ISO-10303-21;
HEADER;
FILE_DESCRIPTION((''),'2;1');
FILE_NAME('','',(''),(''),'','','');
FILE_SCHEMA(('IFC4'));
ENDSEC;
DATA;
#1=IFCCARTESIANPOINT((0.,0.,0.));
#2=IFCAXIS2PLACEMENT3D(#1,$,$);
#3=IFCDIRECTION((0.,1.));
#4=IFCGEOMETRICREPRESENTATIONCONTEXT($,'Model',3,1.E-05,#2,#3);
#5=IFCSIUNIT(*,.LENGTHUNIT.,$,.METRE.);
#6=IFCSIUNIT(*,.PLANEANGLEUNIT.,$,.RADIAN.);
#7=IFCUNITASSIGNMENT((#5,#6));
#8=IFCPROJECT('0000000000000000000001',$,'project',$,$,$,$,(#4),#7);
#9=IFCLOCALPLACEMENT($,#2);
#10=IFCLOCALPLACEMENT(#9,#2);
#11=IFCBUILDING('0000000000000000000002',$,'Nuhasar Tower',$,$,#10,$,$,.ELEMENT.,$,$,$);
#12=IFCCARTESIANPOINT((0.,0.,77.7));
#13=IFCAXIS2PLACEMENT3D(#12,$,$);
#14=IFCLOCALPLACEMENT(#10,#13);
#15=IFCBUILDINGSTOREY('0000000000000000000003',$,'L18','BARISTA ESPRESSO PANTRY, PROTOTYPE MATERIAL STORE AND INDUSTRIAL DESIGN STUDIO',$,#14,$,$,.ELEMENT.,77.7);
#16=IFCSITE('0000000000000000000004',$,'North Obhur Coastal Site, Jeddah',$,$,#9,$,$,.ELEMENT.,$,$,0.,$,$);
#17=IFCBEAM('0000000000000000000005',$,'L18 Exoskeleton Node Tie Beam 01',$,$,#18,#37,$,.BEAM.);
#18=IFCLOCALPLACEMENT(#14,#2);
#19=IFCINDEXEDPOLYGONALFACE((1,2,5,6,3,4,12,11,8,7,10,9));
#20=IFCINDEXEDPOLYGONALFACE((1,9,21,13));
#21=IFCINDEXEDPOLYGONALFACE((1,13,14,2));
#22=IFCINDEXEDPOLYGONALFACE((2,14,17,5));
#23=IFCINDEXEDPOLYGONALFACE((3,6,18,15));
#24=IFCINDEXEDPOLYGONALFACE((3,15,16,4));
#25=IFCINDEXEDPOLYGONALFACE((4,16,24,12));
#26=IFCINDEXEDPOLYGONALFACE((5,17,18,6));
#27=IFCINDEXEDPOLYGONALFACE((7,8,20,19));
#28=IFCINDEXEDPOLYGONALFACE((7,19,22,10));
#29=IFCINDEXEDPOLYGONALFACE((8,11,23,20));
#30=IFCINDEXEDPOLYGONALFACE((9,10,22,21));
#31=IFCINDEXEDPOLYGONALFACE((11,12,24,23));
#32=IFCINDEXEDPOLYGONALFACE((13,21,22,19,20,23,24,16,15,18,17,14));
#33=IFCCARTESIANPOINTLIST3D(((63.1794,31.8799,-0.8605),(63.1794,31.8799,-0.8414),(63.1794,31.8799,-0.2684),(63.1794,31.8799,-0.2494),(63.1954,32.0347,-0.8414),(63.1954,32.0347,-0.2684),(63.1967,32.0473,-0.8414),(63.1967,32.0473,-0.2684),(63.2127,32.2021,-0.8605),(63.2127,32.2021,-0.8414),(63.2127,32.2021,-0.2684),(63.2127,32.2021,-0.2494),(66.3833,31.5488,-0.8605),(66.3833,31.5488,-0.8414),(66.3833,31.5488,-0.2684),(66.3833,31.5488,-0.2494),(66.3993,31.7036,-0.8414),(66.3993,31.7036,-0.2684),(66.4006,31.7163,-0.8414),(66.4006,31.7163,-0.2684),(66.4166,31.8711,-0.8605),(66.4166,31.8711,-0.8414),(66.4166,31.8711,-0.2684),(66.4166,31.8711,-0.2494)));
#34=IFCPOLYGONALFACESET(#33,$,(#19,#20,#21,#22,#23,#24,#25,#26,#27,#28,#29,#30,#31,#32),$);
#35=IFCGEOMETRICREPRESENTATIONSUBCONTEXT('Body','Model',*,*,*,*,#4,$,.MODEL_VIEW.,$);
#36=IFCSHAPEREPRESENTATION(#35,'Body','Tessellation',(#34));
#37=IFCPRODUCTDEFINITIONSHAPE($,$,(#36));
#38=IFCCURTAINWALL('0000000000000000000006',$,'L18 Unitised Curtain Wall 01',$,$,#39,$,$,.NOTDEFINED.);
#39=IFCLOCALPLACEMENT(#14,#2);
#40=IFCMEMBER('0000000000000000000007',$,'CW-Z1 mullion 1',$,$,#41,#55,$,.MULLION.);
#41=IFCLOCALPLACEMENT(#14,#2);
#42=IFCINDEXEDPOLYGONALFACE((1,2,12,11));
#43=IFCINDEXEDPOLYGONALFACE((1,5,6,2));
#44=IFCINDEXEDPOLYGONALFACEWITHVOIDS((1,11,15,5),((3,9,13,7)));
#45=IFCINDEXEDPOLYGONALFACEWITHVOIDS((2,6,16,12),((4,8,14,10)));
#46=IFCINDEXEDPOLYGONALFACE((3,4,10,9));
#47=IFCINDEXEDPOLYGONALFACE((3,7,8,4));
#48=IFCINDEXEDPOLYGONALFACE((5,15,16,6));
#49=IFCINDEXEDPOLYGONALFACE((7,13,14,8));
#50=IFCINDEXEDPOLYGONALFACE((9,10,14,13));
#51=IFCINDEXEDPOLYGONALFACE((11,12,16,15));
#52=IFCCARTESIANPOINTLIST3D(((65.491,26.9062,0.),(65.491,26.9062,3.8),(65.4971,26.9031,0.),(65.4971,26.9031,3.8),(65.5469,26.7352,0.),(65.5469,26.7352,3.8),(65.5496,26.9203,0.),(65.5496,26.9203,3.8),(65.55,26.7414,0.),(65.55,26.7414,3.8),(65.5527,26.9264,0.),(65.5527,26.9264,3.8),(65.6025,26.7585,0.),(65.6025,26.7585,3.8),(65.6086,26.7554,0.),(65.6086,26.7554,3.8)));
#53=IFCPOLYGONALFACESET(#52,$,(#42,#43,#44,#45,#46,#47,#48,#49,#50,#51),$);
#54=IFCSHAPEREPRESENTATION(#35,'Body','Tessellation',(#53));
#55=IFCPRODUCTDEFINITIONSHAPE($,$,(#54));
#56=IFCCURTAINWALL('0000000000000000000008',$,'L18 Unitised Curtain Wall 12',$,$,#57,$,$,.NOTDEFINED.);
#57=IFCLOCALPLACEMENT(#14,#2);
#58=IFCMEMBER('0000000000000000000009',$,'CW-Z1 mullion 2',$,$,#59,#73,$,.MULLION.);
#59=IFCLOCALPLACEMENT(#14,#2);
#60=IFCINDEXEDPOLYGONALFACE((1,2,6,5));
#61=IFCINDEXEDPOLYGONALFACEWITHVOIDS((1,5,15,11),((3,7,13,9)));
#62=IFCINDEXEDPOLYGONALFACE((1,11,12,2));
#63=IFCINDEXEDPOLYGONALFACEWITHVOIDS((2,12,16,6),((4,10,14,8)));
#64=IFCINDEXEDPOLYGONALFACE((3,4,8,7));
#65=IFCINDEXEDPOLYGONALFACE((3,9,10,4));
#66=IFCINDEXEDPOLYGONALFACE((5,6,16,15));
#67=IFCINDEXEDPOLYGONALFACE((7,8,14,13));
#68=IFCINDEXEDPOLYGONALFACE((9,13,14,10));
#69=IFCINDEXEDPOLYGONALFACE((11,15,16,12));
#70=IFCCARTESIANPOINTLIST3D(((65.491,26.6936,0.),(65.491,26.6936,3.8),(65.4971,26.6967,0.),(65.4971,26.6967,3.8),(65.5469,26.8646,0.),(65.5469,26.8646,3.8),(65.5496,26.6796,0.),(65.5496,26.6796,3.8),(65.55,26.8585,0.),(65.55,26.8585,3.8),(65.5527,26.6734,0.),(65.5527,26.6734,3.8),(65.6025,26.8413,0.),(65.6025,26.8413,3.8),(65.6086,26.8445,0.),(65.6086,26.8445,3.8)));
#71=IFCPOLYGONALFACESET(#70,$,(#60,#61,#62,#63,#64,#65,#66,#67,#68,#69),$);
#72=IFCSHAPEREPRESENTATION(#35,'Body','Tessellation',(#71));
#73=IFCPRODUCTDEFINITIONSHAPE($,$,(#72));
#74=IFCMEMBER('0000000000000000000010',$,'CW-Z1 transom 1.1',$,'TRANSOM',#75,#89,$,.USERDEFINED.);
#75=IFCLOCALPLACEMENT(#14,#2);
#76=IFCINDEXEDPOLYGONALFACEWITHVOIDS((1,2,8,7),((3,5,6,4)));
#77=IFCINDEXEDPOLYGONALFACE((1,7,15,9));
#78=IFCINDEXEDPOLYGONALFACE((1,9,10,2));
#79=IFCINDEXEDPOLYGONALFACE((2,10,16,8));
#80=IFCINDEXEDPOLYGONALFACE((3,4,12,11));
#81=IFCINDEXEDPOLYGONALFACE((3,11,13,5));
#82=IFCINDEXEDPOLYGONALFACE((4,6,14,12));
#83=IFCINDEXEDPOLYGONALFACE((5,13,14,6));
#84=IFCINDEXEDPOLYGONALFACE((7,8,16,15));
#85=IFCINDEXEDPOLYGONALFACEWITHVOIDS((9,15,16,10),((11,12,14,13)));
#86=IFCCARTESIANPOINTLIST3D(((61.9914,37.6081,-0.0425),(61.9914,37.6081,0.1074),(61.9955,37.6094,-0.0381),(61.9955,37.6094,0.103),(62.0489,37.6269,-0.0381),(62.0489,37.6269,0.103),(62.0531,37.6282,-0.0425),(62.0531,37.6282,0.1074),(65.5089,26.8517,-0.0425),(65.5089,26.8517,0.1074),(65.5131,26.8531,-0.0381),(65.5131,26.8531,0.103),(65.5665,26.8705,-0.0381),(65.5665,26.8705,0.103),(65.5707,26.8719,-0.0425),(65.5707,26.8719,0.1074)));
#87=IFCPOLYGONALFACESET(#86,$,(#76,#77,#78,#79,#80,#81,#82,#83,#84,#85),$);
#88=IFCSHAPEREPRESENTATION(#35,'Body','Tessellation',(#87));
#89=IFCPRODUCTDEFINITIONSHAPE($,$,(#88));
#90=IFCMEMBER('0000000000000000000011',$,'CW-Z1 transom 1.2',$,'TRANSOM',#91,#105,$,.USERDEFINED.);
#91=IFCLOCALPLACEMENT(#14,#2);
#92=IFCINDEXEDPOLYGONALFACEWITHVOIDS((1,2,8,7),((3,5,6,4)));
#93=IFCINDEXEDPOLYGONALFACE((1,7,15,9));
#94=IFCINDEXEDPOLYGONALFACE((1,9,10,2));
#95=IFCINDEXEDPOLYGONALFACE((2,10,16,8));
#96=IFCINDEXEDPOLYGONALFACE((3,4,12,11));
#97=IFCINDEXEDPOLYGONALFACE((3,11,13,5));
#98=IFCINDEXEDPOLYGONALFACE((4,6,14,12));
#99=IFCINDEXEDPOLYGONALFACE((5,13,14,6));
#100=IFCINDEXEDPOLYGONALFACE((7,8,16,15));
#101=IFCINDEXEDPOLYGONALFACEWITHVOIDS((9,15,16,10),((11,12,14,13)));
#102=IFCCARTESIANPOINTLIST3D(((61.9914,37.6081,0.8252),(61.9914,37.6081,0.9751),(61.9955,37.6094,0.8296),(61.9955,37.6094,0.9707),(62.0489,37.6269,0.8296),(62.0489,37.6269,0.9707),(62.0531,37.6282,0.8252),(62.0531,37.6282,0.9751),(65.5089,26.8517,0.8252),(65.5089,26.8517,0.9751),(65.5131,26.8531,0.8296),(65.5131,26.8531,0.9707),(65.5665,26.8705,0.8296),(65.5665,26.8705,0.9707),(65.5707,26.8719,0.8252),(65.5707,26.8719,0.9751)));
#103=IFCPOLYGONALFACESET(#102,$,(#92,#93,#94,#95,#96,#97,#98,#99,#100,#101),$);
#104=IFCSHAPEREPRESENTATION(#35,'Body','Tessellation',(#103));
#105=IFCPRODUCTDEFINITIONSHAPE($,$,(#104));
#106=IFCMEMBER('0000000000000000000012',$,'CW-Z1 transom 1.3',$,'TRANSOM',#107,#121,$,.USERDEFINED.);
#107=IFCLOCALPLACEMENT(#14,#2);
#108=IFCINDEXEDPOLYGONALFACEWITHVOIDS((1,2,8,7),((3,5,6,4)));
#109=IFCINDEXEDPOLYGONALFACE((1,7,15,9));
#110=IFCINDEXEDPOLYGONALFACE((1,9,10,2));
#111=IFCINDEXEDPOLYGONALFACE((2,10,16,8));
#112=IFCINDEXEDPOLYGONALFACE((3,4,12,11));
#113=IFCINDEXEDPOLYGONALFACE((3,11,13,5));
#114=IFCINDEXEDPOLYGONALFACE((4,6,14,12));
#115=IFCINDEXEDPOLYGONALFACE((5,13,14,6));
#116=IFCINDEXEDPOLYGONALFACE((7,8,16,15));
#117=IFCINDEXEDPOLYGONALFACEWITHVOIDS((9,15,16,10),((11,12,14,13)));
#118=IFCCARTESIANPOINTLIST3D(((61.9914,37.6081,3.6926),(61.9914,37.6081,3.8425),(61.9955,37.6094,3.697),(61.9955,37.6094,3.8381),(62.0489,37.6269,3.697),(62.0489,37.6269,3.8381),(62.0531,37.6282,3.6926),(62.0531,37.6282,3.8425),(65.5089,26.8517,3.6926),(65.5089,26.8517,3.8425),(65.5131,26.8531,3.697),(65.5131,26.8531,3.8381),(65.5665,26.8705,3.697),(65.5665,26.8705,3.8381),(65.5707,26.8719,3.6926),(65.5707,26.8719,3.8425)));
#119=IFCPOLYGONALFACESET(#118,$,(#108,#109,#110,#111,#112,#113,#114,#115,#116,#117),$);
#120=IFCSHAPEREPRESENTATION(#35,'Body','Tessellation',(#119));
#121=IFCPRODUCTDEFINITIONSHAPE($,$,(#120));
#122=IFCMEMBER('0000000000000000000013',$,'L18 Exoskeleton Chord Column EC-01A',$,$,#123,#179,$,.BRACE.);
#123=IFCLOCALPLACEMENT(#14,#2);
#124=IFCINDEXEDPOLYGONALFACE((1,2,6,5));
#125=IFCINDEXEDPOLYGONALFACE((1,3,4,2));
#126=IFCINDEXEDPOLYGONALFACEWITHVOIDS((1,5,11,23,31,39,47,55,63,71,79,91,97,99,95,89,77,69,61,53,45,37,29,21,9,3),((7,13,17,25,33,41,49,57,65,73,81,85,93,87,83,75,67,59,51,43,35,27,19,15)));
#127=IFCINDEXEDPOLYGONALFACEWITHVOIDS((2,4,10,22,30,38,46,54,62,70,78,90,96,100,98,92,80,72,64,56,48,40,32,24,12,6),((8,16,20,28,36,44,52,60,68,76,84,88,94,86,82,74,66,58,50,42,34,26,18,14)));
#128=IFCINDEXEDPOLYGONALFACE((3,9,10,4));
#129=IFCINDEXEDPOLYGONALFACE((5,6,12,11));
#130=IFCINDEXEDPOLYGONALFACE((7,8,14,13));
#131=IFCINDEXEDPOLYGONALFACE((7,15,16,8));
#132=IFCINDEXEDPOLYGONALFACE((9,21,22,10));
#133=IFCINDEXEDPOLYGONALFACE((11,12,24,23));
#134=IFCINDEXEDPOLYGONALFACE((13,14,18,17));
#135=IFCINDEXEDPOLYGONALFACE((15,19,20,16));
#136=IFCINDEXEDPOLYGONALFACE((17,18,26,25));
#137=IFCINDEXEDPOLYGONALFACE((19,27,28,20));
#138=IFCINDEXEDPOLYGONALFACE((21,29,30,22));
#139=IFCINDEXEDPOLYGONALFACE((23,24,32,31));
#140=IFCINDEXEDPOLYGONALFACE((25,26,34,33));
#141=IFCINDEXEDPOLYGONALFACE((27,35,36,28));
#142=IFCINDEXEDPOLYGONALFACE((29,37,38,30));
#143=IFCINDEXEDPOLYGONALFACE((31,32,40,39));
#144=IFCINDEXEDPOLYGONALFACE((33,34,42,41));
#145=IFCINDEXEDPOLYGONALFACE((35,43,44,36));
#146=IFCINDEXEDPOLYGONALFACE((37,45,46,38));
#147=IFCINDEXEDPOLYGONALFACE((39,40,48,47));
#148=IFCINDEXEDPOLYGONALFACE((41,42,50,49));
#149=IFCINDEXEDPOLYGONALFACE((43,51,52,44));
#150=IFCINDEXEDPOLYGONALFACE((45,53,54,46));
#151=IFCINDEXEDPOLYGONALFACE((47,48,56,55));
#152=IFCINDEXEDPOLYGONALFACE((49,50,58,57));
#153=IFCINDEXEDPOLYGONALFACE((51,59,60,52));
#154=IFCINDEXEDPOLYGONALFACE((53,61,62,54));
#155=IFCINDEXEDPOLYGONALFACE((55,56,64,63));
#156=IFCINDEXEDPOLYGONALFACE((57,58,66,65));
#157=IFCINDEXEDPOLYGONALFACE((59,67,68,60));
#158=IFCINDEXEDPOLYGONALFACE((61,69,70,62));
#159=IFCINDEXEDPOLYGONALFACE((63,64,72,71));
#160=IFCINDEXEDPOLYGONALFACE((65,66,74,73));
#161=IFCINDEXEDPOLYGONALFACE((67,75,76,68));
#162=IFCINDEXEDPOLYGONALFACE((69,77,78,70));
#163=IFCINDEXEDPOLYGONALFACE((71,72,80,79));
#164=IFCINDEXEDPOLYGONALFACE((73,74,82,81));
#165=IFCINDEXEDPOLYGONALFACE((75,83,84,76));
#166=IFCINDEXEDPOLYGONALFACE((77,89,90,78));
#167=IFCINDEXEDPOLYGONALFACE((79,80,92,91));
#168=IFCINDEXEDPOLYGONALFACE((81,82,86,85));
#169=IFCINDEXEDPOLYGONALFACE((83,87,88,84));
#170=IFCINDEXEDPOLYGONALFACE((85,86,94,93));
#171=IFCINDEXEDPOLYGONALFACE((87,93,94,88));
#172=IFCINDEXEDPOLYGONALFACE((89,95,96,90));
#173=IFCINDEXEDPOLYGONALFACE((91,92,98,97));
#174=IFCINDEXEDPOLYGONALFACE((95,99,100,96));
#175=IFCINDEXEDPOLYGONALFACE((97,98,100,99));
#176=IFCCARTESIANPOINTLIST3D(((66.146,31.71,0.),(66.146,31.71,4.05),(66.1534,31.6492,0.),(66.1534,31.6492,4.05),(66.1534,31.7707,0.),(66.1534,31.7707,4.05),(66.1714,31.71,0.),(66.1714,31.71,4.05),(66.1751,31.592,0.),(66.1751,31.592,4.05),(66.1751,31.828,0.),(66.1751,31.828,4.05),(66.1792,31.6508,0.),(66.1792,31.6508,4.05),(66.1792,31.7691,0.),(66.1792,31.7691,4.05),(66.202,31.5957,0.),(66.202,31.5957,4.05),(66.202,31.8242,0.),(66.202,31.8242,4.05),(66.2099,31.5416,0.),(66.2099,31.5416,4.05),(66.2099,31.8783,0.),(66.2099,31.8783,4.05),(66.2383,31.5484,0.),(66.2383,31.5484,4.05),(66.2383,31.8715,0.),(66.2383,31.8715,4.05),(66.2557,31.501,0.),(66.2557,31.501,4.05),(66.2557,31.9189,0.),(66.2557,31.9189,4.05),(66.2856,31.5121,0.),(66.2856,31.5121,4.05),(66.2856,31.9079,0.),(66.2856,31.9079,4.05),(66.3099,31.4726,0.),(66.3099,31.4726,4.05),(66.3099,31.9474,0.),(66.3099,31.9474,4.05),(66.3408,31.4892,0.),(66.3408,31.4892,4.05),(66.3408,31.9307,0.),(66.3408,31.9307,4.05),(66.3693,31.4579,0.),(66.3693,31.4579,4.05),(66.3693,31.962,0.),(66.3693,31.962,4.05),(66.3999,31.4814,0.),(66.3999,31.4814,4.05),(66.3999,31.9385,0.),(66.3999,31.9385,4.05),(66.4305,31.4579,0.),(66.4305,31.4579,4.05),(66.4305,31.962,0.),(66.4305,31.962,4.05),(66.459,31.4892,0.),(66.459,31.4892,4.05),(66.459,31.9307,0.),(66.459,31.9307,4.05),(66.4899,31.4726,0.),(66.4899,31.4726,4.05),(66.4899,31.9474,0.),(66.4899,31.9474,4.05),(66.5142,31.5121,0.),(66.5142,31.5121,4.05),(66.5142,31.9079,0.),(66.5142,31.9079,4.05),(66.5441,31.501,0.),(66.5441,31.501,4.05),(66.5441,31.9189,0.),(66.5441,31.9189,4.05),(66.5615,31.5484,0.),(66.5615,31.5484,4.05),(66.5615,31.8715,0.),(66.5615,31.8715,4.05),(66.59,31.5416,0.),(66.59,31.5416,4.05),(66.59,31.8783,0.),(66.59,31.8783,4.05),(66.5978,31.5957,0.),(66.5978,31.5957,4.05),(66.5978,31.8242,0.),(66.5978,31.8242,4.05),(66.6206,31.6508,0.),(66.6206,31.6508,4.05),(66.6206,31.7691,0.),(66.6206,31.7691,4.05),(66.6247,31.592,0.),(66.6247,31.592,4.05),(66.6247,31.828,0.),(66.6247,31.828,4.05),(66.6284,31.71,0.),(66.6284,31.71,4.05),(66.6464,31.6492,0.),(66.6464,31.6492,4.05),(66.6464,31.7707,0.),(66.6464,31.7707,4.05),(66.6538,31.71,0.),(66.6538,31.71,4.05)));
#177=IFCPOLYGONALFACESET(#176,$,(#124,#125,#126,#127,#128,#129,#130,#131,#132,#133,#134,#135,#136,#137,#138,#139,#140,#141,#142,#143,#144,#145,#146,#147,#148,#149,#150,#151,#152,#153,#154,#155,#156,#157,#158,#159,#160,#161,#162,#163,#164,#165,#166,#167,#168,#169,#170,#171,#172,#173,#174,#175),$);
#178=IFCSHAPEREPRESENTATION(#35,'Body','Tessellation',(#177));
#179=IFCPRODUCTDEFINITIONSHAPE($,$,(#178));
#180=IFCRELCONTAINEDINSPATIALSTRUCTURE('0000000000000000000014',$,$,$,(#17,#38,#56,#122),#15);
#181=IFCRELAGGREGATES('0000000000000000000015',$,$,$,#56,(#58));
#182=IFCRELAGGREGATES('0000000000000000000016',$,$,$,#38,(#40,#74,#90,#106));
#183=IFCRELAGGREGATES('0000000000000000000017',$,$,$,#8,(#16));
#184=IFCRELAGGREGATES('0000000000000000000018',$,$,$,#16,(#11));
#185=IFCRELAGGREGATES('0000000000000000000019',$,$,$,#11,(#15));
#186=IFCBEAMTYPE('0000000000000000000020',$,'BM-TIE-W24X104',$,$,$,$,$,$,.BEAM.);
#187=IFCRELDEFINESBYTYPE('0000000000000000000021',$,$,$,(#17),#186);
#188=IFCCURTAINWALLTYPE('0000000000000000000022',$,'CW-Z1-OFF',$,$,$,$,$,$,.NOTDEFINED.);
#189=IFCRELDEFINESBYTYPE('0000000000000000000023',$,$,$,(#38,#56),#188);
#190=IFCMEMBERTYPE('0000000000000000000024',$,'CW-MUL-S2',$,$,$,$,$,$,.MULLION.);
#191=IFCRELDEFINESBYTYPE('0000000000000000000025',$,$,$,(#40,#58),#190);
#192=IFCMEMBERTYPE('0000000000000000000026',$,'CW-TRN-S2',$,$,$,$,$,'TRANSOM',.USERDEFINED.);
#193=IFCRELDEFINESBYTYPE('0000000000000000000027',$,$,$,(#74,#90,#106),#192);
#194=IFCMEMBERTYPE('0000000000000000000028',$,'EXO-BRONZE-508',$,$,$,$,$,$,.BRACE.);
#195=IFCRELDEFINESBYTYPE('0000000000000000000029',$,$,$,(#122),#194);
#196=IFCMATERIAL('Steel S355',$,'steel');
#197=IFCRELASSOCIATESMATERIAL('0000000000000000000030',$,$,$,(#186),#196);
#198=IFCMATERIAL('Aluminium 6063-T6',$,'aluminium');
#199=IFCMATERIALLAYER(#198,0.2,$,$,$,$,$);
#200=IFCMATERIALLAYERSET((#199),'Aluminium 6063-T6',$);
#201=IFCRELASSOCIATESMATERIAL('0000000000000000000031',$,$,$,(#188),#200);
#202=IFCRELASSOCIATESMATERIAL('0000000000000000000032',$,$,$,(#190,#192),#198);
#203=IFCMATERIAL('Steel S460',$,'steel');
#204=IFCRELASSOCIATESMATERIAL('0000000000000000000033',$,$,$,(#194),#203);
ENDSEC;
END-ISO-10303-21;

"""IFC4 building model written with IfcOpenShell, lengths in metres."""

from ifc_helpers import new_model, si_unit, direction, frame, origin, origin_2d, place, context, subcontext, project, spatial, hollow_rectangle, hollow_circle, i_section, extrude, material, layer, layer_set, material_profile, profile_set, type_object, element, aggregate, save


model = new_model("IFC4")

# Units and contexts
model_context = context("Model", 3, precision=1e-05, world=origin(), true_north=direction((0.0, 1.0)))
body_context = subcontext(model_context, "Body", "Model", "MODEL_VIEW")
ifc_project = project(units=[si_unit("LENGTHUNIT", "METRE"), si_unit("PLANEANGLEUNIT", "RADIAN")], contexts=[model_context])

# Site, building, storey
site_placement = place(None, origin())
site = spatial("IfcSite", under=ifc_project, at=site_placement, Name="North Obhur Coastal Site, Jeddah", CompositionType="ELEMENT", RefElevation=0.0)
building_placement = place(site_placement, origin())
building = spatial("IfcBuilding", under=site, at=building_placement, Name="Nuhasar Tower", CompositionType="ELEMENT")
storey_placement = place(building_placement, frame((0.0, 0.0, 77.7)))
storey = spatial("IfcBuildingStorey", under=building, at=storey_placement, Name="L18", Description="BARISTA ESPRESSO PANTRY, PROTOTYPE MATERIAL STORE AND INDUSTRIAL DESIGN STUDIO", CompositionType="ELEMENT", Elevation=77.7)

# Beam
ifc_material_1 = material(Name="Steel S355", Category="steel")
ifc_material_profile_1 = material_profile(ifc_material_1, i_section(OverallWidth=0.324, OverallDepth=0.6111, WebThickness=0.0127, FlangeThickness=0.019, at=origin_2d()), Name="W24X104")
ifc_profile_set_1 = profile_set([ifc_material_profile_1], Name="Steel S355")
beam_type_1 = type_object("IfcBeamType", Name="BM-TIE-W24X104", PredefinedType="BEAM", material=ifc_profile_set_1)
beam_1_placement = place(storey_placement, frame((63.196, 32.041, -0.5549), z_axis=(0.994704, -0.102783, 0.0), x_axis=(0.102783, 0.994704, 0.0)))
element("IfcBeam", 1, at=beam_1_placement, inside=storey, type_object=beam_type_1, Name="L18 Exoskeleton Node Tie Beam 01", PredefinedType="BEAM", context=body_context, shape_type="SweptSolid", body=[
    extrude(i_section(OverallWidth=0.324, OverallDepth=0.6111, WebThickness=0.0127, FlangeThickness=0.019, at=origin_2d()), origin(), (0.0, 0.0, 1.0), 3.2209),
])

# Curtain walls, members
ifc_material_2 = material(Name="Aluminium 6063-T6", Category="aluminium")
ifc_layer_1 = layer(ifc_material_2, 0.2)
ifc_layer_set_1 = layer_set([ifc_layer_1], Name="Aluminium 6063-T6")
curtain_wall_type = type_object("IfcCurtainWallType", Name="CW-Z1-OFF", PredefinedType="NOTDEFINED", material=ifc_layer_set_1)
curtain_wall_1_placement = place(storey_placement, origin())
curtain_wall_1 = element("IfcCurtainWall", 2, at=curtain_wall_1_placement, inside=storey, type_object=curtain_wall_type, Name="L18 Unitised Curtain Wall 01", PredefinedType="NOTDEFINED")
ifc_material_profile_2 = material_profile(ifc_material_2, hollow_rectangle(XDim=0.0649, YDim=0.1799, WallThickness=0.0049, at=origin_2d()), Name="CWM-2")
ifc_profile_set_2 = profile_set([ifc_material_profile_2], Name="Aluminium 6063-T6")
member_type_1 = type_object("IfcMemberType", Name="CW-MUL-S2", PredefinedType="MULLION", material=ifc_profile_set_2)
member_1_placement = place(storey_placement, frame((65.5498, 26.8308, 0.0), z_axis=(0.0, 0.0, 1.0), x_axis=(-0.950468, -0.310824, 0.0)))
member_1 = element("IfcMember", 3, at=member_1_placement, type_object=member_type_1, Name="CW-Z1 mullion 1", PredefinedType="MULLION", context=body_context, shape_type="SweptSolid", body=[
    extrude(hollow_rectangle(XDim=0.0649, YDim=0.1799, WallThickness=0.0049, at=origin_2d()), origin(), (0.0, 0.0, 1.0), 3.8),
])
curtain_wall_2_placement = place(storey_placement, origin())
curtain_wall_2 = element("IfcCurtainWall", 4, at=curtain_wall_2_placement, inside=storey, type_object=curtain_wall_type, Name="L18 Unitised Curtain Wall 12", PredefinedType="NOTDEFINED")
member_2_placement = place(storey_placement, frame((65.5498, 26.769, 0.0), z_axis=(0.0, 0.0, 1.0), x_axis=(-0.950468, 0.310824, 0.0)))
member_2 = element("IfcMember", 5, at=member_2_placement, type_object=member_type_1, Name="CW-Z1 mullion 2", PredefinedType="MULLION", context=body_context, shape_type="SweptSolid", body=[
    extrude(hollow_rectangle(XDim=0.0649, YDim=0.1799, WallThickness=0.0049, at=origin_2d()), origin(), (0.0, 0.0, 1.0), 3.8),
])
aggregate(curtain_wall_2, [member_2])

# Members
ifc_material_profile_3 = material_profile(ifc_material_2, hollow_rectangle(XDim=0.0649, YDim=0.1499, WallThickness=0.0044, at=origin_2d()), Name="CWT-2")
ifc_profile_set_3 = profile_set([ifc_material_profile_3], Name="Aluminium 6063-T6")
member_type_2 = type_object("IfcMemberType", Name="CW-TRN-S2", ElementType="TRANSOM", PredefinedType="USERDEFINED", material=ifc_profile_set_3)
member_3_placement = place(storey_placement, frame((65.5398, 26.8618, 0.0325), z_axis=(-0.310825, 0.950467, 0.0), x_axis=(-0.950467, -0.310825, 0.0)))
member_3 = element("IfcMember", 6, at=member_3_placement, type_object=member_type_2, Name="CW-Z1 transom 1.1", ObjectType="TRANSOM", PredefinedType="USERDEFINED", context=body_context, shape_type="SweptSolid", body=[
    extrude(hollow_rectangle(XDim=0.0649, YDim=0.1499, WallThickness=0.0044, at=origin_2d()), origin(), (0.0, 0.0, 1.0), 11.3169),
])
member_4_placement = place(storey_placement, frame((65.5398, 26.8618, 0.9001), z_axis=(-0.310825, 0.950467, 0.0), x_axis=(-0.950467, -0.310825, 0.0)))
member_4 = element("IfcMember", 7, at=member_4_placement, type_object=member_type_2, Name="CW-Z1 transom 1.2", ObjectType="TRANSOM", PredefinedType="USERDEFINED", context=body_context, shape_type="SweptSolid", body=[
    extrude(hollow_rectangle(XDim=0.0649, YDim=0.1499, WallThickness=0.0044, at=origin_2d()), origin(), (0.0, 0.0, 1.0), 11.3169),
])
member_5_placement = place(storey_placement, frame((65.5398, 26.8618, 3.7676), z_axis=(-0.310825, 0.950467, 0.0), x_axis=(-0.950467, -0.310825, 0.0)))
member_5 = element("IfcMember", 8, at=member_5_placement, type_object=member_type_2, Name="CW-Z1 transom 1.3", ObjectType="TRANSOM", PredefinedType="USERDEFINED", context=body_context, shape_type="SweptSolid", body=[
    extrude(hollow_rectangle(XDim=0.0649, YDim=0.1499, WallThickness=0.0044, at=origin_2d()), origin(), (0.0, 0.0, 1.0), 11.3169),
])

# Member
ifc_material_3 = material(Name="Steel S460", Category="steel")
ifc_material_profile_4 = material_profile(ifc_material_3, hollow_circle(Radius=0.2539, WallThickness=0.0254, at=origin_2d()), Name="HSS508X25.4")
ifc_profile_set_4 = profile_set([ifc_material_profile_4], Name="Steel S460")
member_type_3 = type_object("IfcMemberType", Name="EXO-BRONZE-508", PredefinedType="BRACE", material=ifc_profile_set_4)
for number, where, z_axis, x_axis, name in (
    (9, (66.3999, 31.71, 0.0), (0.0, 0.0, 1.0), (1.0, 0.0, 0.0), "L18 Exoskeleton Chord Column EC-01A"),
):
    element("IfcMember", number, at=place(storey_placement, frame(where, z_axis=z_axis, x_axis=x_axis)), inside=storey, type_object=member_type_3, Name=name, PredefinedType="BRACE", context=body_context, shape_type="SweptSolid", body=[
        extrude(hollow_circle(Radius=0.2539, WallThickness=0.0254, at=origin_2d()), origin(), (0.0, 0.0, 1.0), 4.05),
    ])

aggregate(curtain_wall_1, [member_1, member_3, member_4, member_5])

save(model, "model.ifc")
